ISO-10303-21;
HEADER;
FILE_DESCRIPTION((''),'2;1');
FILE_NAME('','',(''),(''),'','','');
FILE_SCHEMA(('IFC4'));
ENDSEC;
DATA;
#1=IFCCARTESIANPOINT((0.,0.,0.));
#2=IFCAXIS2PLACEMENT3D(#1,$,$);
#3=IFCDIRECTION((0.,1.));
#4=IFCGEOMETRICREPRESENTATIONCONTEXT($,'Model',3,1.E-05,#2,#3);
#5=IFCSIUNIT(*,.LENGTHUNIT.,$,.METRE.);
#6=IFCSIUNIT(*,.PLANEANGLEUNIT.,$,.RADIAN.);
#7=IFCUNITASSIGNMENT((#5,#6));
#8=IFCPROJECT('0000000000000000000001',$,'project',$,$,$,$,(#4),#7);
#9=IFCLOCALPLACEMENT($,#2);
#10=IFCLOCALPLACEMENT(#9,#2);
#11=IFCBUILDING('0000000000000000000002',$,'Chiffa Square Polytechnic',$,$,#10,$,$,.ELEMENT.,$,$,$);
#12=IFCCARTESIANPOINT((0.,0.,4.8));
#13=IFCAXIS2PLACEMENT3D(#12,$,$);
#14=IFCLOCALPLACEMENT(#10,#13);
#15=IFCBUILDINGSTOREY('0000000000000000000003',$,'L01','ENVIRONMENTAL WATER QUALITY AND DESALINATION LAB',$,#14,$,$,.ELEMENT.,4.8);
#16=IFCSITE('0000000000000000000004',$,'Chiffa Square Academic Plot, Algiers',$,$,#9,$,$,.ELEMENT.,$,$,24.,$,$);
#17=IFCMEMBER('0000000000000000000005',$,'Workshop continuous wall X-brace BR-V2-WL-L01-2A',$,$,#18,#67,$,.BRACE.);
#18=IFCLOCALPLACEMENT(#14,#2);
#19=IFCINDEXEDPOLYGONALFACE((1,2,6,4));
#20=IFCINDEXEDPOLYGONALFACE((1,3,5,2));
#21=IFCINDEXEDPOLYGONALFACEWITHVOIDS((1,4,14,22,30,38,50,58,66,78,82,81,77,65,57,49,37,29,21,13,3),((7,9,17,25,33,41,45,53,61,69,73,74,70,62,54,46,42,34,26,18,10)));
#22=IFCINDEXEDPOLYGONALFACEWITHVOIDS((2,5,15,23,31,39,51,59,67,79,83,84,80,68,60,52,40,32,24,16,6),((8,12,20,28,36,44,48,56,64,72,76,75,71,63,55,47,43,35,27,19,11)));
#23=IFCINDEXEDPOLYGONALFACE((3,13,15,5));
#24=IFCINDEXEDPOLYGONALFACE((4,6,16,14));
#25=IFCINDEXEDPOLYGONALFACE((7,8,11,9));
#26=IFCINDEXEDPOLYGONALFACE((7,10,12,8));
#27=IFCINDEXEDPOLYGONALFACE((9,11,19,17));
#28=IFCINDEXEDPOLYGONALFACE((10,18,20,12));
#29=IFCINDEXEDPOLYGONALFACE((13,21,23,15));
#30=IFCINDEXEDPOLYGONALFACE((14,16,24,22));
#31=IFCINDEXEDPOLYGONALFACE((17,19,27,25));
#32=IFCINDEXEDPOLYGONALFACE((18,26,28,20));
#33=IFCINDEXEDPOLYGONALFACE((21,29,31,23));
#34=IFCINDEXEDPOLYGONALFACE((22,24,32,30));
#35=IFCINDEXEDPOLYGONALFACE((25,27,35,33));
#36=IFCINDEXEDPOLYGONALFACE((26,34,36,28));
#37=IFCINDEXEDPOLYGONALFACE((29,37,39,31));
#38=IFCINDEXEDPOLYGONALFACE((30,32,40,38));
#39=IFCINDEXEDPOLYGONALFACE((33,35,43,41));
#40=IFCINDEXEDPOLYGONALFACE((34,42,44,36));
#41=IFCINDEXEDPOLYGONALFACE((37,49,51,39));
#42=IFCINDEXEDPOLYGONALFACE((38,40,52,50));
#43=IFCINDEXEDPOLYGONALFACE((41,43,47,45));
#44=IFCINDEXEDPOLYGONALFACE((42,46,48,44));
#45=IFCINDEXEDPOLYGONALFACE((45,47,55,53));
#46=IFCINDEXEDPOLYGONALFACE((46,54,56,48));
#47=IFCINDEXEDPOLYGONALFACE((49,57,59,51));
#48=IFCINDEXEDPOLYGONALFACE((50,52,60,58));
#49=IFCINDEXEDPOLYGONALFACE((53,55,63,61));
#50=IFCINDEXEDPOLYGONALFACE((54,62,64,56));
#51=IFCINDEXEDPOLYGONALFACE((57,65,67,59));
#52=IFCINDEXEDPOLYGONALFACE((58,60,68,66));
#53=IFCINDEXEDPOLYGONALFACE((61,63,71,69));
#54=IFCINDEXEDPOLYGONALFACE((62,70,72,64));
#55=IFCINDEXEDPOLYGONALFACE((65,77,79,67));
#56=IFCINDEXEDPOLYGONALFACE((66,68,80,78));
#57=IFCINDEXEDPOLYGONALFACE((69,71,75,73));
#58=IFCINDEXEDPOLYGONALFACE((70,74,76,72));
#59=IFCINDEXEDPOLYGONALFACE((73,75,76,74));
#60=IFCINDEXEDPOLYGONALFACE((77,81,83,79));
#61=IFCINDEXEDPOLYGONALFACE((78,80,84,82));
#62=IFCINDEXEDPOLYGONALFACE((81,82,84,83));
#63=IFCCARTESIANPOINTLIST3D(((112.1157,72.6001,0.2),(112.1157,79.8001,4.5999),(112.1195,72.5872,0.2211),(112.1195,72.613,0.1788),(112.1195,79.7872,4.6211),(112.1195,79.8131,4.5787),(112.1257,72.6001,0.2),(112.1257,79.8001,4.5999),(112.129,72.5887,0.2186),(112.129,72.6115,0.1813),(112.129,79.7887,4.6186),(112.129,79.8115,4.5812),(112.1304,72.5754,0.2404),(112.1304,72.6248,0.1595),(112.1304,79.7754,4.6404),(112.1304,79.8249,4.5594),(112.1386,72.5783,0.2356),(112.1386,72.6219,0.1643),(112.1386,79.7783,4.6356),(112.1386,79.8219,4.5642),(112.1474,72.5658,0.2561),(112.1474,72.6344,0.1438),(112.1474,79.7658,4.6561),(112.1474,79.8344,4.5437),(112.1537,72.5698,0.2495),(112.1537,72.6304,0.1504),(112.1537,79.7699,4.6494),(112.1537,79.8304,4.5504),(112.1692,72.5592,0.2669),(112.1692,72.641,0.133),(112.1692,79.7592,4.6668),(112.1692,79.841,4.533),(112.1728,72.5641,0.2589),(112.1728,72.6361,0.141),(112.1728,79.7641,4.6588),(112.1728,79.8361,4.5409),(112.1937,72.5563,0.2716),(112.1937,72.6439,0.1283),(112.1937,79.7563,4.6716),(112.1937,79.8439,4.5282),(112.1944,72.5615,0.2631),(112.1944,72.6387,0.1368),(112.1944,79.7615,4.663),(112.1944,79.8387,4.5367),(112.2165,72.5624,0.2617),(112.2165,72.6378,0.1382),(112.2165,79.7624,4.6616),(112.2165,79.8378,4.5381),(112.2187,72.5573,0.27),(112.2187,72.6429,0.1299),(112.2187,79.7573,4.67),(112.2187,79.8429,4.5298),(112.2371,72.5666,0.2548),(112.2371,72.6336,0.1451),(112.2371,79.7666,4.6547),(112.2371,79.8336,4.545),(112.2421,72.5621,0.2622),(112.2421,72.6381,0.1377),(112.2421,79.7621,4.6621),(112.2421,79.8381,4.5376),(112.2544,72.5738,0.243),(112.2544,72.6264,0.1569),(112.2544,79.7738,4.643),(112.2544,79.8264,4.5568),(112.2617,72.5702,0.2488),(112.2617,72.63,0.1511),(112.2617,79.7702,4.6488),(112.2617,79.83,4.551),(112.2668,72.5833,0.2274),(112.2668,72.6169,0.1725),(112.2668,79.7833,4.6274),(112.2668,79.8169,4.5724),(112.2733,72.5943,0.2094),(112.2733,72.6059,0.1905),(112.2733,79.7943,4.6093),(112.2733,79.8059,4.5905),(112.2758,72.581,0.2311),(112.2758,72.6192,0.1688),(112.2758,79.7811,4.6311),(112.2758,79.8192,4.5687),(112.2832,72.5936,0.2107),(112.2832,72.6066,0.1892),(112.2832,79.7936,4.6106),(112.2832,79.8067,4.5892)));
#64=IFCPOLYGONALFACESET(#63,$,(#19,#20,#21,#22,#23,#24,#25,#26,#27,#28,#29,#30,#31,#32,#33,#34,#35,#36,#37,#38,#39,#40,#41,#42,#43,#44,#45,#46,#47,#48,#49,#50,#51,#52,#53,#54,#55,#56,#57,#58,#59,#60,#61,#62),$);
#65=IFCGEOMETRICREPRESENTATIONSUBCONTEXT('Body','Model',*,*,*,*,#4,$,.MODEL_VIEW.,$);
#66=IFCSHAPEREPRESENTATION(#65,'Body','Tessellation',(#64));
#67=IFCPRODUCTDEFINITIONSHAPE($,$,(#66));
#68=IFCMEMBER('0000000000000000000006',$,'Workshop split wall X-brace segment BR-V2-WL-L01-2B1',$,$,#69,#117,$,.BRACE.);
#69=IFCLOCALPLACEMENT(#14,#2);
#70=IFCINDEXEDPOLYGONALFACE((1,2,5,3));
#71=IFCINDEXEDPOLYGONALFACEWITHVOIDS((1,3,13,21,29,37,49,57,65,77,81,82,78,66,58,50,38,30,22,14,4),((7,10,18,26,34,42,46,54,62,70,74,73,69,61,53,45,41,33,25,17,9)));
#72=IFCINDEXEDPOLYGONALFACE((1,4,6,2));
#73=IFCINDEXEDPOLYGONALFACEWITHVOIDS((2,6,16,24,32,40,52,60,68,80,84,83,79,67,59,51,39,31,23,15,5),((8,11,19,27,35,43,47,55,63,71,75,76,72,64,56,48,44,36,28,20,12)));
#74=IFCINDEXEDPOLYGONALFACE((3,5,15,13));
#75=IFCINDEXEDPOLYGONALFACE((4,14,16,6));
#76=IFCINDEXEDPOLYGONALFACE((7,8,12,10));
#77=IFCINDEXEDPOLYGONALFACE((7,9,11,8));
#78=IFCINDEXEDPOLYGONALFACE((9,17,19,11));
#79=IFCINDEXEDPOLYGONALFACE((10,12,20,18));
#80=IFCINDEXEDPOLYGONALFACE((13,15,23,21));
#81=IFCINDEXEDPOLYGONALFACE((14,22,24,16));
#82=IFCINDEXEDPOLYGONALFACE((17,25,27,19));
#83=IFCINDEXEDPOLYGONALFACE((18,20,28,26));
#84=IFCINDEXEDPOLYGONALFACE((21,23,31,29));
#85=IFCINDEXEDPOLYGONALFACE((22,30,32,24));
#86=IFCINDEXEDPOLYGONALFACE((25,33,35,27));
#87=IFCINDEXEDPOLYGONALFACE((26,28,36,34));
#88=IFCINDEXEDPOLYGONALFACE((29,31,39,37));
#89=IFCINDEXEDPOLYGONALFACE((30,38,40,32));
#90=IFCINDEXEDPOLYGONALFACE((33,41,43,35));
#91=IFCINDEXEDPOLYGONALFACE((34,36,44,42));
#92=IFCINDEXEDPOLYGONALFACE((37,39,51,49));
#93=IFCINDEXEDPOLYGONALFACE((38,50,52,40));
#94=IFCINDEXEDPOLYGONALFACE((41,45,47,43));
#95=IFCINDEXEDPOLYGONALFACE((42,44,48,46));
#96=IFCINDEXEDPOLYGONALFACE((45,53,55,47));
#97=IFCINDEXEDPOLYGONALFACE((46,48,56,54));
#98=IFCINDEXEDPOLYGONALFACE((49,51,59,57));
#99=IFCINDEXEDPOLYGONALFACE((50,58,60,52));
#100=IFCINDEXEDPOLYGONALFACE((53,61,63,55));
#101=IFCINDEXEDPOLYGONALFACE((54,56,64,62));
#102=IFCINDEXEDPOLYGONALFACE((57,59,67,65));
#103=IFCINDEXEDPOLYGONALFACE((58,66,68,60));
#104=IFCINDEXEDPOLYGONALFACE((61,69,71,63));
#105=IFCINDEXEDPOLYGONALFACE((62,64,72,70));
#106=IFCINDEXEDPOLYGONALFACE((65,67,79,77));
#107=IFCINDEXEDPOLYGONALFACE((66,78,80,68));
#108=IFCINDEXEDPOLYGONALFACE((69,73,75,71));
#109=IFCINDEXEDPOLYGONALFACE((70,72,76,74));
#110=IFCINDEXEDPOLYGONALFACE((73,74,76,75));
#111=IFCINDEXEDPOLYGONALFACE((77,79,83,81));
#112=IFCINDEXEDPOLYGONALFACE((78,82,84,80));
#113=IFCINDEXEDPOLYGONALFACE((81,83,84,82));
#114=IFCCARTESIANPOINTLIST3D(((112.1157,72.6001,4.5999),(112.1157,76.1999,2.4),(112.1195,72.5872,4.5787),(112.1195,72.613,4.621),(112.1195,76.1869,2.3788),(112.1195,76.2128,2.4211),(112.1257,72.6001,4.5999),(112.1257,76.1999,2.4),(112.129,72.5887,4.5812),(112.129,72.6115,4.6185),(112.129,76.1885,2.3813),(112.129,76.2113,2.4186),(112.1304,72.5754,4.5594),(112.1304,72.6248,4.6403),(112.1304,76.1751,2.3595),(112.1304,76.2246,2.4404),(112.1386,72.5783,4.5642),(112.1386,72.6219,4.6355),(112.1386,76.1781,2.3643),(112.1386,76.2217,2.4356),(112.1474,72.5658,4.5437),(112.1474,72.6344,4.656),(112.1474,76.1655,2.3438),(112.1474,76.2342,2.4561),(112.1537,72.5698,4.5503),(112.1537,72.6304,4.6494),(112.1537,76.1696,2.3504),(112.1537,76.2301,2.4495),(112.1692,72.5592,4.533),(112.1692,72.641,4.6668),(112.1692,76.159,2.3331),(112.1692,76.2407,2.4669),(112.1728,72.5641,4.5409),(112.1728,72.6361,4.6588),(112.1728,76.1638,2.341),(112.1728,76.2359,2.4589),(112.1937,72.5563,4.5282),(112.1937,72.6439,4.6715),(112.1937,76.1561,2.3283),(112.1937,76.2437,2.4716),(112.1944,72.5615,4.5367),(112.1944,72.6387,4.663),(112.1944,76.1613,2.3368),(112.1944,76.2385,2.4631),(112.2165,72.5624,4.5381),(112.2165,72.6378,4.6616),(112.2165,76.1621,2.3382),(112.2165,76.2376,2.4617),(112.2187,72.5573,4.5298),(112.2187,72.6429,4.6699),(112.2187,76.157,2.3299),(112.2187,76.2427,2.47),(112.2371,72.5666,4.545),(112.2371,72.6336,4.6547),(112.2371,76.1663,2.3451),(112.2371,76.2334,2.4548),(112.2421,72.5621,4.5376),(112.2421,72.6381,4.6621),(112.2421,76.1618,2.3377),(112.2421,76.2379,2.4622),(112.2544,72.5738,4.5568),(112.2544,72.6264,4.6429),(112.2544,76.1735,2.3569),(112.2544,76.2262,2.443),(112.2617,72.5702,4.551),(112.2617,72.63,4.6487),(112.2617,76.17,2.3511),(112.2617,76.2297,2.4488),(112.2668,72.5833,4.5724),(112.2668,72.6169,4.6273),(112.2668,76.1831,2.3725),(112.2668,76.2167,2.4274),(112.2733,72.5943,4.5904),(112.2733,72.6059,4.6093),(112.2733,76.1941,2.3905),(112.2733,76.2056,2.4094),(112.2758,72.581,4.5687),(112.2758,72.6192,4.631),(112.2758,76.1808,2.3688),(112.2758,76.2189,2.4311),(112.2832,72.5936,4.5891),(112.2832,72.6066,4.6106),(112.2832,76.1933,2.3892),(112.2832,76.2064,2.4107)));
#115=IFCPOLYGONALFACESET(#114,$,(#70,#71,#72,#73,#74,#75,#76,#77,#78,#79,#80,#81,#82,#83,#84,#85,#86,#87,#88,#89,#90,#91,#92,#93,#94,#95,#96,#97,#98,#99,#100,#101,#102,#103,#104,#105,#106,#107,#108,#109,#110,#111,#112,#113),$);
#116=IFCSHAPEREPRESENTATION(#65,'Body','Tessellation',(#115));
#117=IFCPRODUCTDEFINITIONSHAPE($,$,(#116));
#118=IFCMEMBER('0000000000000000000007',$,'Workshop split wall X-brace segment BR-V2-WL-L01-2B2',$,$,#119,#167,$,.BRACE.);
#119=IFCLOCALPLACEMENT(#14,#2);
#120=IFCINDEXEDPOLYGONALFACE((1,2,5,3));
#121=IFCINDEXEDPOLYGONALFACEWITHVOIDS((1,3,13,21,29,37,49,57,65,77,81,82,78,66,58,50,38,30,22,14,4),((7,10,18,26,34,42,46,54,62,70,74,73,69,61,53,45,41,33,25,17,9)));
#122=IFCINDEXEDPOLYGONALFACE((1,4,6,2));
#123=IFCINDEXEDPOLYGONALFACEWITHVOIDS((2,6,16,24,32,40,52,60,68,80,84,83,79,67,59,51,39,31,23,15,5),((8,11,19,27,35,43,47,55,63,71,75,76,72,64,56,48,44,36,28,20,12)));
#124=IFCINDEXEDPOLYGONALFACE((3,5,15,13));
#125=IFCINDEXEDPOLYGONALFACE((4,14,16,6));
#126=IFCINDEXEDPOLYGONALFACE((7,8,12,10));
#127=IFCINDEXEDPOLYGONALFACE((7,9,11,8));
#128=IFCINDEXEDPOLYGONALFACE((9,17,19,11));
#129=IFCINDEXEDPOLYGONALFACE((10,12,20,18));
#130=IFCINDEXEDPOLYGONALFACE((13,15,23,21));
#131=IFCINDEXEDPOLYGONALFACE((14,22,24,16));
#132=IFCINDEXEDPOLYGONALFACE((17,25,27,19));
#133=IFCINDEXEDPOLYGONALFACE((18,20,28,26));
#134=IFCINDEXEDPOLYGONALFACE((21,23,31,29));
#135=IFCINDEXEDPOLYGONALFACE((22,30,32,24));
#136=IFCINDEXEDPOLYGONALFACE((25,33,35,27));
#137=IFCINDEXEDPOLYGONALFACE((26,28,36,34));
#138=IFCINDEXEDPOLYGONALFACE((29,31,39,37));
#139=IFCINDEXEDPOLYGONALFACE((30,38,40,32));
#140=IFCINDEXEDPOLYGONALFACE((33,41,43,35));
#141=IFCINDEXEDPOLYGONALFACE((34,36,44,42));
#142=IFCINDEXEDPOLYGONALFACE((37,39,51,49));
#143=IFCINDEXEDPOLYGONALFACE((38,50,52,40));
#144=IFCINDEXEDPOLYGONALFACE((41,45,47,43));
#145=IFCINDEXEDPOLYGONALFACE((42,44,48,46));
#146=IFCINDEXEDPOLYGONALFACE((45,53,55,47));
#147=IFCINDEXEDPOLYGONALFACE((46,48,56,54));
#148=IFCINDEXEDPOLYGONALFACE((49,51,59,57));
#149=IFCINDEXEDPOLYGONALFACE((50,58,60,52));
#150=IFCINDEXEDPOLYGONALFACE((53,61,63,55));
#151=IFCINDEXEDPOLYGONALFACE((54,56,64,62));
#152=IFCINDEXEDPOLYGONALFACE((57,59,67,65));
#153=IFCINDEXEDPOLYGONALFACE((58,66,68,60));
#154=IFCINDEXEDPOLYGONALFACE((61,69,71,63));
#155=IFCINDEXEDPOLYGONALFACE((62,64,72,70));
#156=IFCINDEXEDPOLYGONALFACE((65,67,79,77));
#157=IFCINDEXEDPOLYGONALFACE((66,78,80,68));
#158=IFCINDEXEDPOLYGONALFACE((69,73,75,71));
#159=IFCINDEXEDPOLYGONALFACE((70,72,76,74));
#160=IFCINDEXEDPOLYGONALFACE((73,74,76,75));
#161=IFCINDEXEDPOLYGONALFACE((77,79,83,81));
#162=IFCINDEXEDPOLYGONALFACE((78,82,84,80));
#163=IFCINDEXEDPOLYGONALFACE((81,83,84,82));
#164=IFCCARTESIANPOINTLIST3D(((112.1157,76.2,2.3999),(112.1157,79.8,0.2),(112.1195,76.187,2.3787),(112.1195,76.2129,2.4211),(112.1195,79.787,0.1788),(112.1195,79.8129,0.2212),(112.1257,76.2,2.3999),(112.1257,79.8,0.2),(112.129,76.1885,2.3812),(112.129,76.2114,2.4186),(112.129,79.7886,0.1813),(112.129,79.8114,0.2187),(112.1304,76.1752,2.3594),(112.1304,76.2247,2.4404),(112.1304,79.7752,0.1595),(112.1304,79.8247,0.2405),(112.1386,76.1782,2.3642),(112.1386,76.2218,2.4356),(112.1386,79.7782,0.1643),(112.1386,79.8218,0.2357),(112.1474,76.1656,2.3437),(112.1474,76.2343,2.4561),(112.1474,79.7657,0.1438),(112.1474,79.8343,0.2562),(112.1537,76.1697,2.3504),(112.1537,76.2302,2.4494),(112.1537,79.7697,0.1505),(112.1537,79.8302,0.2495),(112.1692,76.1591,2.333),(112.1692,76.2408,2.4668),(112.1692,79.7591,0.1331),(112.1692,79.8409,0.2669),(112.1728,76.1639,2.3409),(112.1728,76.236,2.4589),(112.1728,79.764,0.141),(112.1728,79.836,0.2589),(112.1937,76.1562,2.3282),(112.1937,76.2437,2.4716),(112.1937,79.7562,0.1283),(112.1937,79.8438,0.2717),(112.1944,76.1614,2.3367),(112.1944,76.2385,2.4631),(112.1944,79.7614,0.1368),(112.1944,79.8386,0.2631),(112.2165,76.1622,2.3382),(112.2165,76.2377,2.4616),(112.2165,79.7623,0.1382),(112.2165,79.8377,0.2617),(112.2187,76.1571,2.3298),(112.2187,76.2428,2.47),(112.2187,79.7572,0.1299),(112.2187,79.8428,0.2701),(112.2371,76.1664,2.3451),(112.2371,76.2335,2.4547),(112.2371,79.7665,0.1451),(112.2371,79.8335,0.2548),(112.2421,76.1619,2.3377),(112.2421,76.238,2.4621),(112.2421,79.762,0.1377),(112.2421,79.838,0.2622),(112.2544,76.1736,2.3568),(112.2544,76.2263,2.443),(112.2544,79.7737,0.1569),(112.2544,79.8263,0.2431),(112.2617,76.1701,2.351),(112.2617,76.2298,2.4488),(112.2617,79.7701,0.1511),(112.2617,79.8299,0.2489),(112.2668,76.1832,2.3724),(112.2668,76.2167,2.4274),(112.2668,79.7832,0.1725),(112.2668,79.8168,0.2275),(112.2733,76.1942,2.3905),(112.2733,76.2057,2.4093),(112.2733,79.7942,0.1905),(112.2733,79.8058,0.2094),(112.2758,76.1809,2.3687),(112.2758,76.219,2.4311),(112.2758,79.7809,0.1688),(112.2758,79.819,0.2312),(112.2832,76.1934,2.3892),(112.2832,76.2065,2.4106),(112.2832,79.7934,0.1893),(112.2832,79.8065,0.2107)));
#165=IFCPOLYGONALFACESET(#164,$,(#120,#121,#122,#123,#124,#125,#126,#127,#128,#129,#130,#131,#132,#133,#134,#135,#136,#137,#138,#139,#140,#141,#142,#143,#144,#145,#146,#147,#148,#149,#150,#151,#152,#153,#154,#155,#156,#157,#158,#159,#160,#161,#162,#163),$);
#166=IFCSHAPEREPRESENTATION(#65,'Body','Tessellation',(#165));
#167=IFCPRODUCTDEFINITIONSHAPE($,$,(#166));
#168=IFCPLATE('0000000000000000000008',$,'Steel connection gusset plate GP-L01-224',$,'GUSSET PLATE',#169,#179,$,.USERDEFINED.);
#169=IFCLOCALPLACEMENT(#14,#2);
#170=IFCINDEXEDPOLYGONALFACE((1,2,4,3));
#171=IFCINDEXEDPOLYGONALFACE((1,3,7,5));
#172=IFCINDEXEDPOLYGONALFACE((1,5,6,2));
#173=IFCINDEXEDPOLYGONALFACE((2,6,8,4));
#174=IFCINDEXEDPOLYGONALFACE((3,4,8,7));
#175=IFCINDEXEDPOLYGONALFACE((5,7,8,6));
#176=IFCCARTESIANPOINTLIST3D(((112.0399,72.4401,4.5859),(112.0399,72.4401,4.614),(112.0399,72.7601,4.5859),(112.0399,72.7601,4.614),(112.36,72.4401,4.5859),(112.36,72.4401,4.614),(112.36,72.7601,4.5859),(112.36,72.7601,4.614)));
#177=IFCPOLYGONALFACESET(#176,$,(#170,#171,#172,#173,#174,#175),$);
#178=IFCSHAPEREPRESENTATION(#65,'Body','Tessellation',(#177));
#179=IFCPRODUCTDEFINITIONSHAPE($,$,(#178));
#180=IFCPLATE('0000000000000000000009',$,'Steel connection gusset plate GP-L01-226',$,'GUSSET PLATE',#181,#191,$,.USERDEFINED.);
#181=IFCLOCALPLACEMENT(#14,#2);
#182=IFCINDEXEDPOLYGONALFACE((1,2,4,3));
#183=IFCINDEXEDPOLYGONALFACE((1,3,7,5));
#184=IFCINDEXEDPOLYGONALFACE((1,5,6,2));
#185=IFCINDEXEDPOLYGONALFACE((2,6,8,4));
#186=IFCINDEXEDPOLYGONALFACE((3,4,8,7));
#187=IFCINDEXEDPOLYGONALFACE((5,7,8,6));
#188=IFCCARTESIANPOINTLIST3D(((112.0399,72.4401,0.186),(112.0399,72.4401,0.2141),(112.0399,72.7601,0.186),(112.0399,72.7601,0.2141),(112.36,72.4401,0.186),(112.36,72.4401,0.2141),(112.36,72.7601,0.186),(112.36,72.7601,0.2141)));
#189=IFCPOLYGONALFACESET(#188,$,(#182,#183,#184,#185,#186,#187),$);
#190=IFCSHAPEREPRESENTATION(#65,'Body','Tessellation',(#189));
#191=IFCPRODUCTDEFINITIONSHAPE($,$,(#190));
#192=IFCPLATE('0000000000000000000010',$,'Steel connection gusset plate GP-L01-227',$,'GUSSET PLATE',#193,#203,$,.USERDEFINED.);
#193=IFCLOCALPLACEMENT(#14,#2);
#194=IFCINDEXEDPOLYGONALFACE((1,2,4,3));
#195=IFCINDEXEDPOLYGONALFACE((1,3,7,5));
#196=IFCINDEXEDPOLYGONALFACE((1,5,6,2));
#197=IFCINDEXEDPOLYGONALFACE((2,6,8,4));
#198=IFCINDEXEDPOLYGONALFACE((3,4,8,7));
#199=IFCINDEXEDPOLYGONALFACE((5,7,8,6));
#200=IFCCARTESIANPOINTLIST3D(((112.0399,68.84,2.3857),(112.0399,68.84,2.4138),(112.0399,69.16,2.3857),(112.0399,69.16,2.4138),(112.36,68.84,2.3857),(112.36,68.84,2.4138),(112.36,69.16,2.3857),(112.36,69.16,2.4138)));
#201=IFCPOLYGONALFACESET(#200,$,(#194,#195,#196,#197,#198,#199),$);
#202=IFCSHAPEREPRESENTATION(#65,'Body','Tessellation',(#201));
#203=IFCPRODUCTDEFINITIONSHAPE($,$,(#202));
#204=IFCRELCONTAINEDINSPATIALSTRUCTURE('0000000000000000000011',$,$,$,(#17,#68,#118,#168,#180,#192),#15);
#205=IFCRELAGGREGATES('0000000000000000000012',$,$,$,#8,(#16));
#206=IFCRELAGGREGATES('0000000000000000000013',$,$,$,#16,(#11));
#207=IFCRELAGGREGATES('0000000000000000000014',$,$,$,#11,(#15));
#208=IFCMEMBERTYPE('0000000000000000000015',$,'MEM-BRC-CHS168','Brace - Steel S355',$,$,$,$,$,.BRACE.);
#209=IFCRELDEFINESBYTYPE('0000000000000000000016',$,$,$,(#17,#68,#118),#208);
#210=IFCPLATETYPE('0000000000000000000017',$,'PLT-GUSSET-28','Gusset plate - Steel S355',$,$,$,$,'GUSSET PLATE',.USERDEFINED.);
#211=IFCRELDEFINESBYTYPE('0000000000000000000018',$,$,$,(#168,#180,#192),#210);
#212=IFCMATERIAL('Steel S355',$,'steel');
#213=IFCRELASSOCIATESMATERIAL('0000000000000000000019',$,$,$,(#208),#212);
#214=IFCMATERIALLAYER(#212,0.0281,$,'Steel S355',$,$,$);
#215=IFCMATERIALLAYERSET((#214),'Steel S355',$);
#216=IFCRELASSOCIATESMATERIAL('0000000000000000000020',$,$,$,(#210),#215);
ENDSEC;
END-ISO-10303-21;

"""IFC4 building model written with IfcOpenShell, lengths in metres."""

from ifc_helpers import new_model, si_unit, direction, frame, origin, origin_2d, place, context, subcontext, project, spatial, rectangle, hollow_circle, extrude, material, layer, layer_set, material_profile, profile_set, type_object, element, save


model = new_model("IFC4")

# Units and contexts
model_context = context("Model", 3, precision=1e-05, world=origin(), true_north=direction((0.0, 1.0)))
body_context = subcontext(model_context, "Body", "Model", "MODEL_VIEW")
ifc_project = project(units=[si_unit("LENGTHUNIT", "METRE"), si_unit("PLANEANGLEUNIT", "RADIAN")], contexts=[model_context])

# Site, building, storey
site_placement = place(None, origin())
site = spatial("IfcSite", under=ifc_project, at=site_placement, Name="Chiffa Square Academic Plot, Algiers", CompositionType="ELEMENT", RefElevation=24.0)
building_placement = place(site_placement, origin())
building = spatial("IfcBuilding", under=site, at=building_placement, Name="Chiffa Square Polytechnic", CompositionType="ELEMENT")
storey_placement = place(building_placement, frame((0.0, 0.0, 4.8)))
storey = spatial("IfcBuildingStorey", under=building, at=storey_placement, Name="L01", Description="ENVIRONMENTAL WATER QUALITY AND DESALINATION LAB", CompositionType="ELEMENT", Elevation=4.8)

# Shared definitions
ifc_material_1 = material(Name="Steel S355", Category="steel")

# Members
ifc_material_profile_1 = material_profile(ifc_material_1, hollow_circle(Radius=0.0842, WallThickness=0.01, at=origin_2d()), Name="CHS 168.3x10")
ifc_profile_set_1 = profile_set([ifc_material_profile_1], Name="Steel S355")
member_type = type_object("IfcMemberType", Name="MEM-BRC-CHS168", Description="Brace - Steel S355", PredefinedType="BRACE", material=ifc_profile_set_1)
member_1_placement = place(storey_placement, frame((112.2, 72.6001, 0.2), z_axis=(0.0, 0.853285, 0.521444), x_axis=(-1.0, 0.0, 0.0)))
element("IfcMember", 1, at=member_1_placement, inside=storey, type_object=member_type, Name="Workshop continuous wall X-brace BR-V2-WL-L01-2A", PredefinedType="BRACE", context=body_context, shape_type="SweptSolid", body=[
    extrude(hollow_circle(Radius=0.0842, WallThickness=0.01, at=origin_2d()), origin(), (0.0, 0.0, 1.0), 8.438),
])
member_2_placement = place(storey_placement, frame((112.2, 72.6001, 4.5999), z_axis=(0.0, 0.853278, -0.521457), x_axis=(-1.0, 0.0, 0.0)))
element("IfcMember", 2, at=member_2_placement, inside=storey, type_object=member_type, Name="Workshop split wall X-brace segment BR-V2-WL-L01-2B1", PredefinedType="BRACE", context=body_context, shape_type="SweptSolid", body=[
    extrude(hollow_circle(Radius=0.0842, WallThickness=0.01, at=origin_2d()), origin(), (0.0, 0.0, 1.0), 4.2188),
])
member_3_placement = place(storey_placement, frame((112.2, 76.2, 2.3999), z_axis=(0.0, 0.853293, -0.521431), x_axis=(-1.0, 0.0, 0.0)))
element("IfcMember", 3, at=member_3_placement, inside=storey, type_object=member_type, Name="Workshop split wall X-brace segment BR-V2-WL-L01-2B2", PredefinedType="BRACE", context=body_context, shape_type="SweptSolid", body=[
    extrude(hollow_circle(Radius=0.0842, WallThickness=0.01, at=origin_2d()), origin(), (0.0, 0.0, 1.0), 4.219),
])

# Plates
ifc_layer_1 = layer(ifc_material_1, 0.0281, Name="Steel S355")
ifc_layer_set_1 = layer_set([ifc_layer_1], Name="Steel S355")
plate_type = type_object("IfcPlateType", Name="PLT-GUSSET-28", Description="Gusset plate - Steel S355", ElementType="GUSSET PLATE", PredefinedType="USERDEFINED", material=ifc_layer_set_1)
for number, where, z_axis, x_axis, name in (
    (4, (112.2, 72.6001, 4.5859), (0.0, 0.0, 1.0), (1.0, 0.0, 0.0), "Steel connection gusset plate GP-L01-224"),
    (5, (112.2, 72.6001, 0.186), (0.0, 0.0, 1.0), (1.0, 0.0, 0.0), "Steel connection gusset plate GP-L01-226"),
    (6, (112.2, 69.0, 2.3857), (0.0, 0.0, 1.0), (1.0, 0.0, 0.0), "Steel connection gusset plate GP-L01-227"),
):
    element("IfcPlate", number, at=place(storey_placement, frame(where, z_axis=z_axis, x_axis=x_axis)), inside=storey, type_object=plate_type, Name=name, ObjectType="GUSSET PLATE", PredefinedType="USERDEFINED", context=body_context, shape_type="SweptSolid", body=[
        extrude(rectangle(XDim=0.3201, YDim=0.3201, at=origin_2d()), origin(), (0.0, 0.0, 1.0), 0.0281),
    ])

save(model, "model.ifc")
